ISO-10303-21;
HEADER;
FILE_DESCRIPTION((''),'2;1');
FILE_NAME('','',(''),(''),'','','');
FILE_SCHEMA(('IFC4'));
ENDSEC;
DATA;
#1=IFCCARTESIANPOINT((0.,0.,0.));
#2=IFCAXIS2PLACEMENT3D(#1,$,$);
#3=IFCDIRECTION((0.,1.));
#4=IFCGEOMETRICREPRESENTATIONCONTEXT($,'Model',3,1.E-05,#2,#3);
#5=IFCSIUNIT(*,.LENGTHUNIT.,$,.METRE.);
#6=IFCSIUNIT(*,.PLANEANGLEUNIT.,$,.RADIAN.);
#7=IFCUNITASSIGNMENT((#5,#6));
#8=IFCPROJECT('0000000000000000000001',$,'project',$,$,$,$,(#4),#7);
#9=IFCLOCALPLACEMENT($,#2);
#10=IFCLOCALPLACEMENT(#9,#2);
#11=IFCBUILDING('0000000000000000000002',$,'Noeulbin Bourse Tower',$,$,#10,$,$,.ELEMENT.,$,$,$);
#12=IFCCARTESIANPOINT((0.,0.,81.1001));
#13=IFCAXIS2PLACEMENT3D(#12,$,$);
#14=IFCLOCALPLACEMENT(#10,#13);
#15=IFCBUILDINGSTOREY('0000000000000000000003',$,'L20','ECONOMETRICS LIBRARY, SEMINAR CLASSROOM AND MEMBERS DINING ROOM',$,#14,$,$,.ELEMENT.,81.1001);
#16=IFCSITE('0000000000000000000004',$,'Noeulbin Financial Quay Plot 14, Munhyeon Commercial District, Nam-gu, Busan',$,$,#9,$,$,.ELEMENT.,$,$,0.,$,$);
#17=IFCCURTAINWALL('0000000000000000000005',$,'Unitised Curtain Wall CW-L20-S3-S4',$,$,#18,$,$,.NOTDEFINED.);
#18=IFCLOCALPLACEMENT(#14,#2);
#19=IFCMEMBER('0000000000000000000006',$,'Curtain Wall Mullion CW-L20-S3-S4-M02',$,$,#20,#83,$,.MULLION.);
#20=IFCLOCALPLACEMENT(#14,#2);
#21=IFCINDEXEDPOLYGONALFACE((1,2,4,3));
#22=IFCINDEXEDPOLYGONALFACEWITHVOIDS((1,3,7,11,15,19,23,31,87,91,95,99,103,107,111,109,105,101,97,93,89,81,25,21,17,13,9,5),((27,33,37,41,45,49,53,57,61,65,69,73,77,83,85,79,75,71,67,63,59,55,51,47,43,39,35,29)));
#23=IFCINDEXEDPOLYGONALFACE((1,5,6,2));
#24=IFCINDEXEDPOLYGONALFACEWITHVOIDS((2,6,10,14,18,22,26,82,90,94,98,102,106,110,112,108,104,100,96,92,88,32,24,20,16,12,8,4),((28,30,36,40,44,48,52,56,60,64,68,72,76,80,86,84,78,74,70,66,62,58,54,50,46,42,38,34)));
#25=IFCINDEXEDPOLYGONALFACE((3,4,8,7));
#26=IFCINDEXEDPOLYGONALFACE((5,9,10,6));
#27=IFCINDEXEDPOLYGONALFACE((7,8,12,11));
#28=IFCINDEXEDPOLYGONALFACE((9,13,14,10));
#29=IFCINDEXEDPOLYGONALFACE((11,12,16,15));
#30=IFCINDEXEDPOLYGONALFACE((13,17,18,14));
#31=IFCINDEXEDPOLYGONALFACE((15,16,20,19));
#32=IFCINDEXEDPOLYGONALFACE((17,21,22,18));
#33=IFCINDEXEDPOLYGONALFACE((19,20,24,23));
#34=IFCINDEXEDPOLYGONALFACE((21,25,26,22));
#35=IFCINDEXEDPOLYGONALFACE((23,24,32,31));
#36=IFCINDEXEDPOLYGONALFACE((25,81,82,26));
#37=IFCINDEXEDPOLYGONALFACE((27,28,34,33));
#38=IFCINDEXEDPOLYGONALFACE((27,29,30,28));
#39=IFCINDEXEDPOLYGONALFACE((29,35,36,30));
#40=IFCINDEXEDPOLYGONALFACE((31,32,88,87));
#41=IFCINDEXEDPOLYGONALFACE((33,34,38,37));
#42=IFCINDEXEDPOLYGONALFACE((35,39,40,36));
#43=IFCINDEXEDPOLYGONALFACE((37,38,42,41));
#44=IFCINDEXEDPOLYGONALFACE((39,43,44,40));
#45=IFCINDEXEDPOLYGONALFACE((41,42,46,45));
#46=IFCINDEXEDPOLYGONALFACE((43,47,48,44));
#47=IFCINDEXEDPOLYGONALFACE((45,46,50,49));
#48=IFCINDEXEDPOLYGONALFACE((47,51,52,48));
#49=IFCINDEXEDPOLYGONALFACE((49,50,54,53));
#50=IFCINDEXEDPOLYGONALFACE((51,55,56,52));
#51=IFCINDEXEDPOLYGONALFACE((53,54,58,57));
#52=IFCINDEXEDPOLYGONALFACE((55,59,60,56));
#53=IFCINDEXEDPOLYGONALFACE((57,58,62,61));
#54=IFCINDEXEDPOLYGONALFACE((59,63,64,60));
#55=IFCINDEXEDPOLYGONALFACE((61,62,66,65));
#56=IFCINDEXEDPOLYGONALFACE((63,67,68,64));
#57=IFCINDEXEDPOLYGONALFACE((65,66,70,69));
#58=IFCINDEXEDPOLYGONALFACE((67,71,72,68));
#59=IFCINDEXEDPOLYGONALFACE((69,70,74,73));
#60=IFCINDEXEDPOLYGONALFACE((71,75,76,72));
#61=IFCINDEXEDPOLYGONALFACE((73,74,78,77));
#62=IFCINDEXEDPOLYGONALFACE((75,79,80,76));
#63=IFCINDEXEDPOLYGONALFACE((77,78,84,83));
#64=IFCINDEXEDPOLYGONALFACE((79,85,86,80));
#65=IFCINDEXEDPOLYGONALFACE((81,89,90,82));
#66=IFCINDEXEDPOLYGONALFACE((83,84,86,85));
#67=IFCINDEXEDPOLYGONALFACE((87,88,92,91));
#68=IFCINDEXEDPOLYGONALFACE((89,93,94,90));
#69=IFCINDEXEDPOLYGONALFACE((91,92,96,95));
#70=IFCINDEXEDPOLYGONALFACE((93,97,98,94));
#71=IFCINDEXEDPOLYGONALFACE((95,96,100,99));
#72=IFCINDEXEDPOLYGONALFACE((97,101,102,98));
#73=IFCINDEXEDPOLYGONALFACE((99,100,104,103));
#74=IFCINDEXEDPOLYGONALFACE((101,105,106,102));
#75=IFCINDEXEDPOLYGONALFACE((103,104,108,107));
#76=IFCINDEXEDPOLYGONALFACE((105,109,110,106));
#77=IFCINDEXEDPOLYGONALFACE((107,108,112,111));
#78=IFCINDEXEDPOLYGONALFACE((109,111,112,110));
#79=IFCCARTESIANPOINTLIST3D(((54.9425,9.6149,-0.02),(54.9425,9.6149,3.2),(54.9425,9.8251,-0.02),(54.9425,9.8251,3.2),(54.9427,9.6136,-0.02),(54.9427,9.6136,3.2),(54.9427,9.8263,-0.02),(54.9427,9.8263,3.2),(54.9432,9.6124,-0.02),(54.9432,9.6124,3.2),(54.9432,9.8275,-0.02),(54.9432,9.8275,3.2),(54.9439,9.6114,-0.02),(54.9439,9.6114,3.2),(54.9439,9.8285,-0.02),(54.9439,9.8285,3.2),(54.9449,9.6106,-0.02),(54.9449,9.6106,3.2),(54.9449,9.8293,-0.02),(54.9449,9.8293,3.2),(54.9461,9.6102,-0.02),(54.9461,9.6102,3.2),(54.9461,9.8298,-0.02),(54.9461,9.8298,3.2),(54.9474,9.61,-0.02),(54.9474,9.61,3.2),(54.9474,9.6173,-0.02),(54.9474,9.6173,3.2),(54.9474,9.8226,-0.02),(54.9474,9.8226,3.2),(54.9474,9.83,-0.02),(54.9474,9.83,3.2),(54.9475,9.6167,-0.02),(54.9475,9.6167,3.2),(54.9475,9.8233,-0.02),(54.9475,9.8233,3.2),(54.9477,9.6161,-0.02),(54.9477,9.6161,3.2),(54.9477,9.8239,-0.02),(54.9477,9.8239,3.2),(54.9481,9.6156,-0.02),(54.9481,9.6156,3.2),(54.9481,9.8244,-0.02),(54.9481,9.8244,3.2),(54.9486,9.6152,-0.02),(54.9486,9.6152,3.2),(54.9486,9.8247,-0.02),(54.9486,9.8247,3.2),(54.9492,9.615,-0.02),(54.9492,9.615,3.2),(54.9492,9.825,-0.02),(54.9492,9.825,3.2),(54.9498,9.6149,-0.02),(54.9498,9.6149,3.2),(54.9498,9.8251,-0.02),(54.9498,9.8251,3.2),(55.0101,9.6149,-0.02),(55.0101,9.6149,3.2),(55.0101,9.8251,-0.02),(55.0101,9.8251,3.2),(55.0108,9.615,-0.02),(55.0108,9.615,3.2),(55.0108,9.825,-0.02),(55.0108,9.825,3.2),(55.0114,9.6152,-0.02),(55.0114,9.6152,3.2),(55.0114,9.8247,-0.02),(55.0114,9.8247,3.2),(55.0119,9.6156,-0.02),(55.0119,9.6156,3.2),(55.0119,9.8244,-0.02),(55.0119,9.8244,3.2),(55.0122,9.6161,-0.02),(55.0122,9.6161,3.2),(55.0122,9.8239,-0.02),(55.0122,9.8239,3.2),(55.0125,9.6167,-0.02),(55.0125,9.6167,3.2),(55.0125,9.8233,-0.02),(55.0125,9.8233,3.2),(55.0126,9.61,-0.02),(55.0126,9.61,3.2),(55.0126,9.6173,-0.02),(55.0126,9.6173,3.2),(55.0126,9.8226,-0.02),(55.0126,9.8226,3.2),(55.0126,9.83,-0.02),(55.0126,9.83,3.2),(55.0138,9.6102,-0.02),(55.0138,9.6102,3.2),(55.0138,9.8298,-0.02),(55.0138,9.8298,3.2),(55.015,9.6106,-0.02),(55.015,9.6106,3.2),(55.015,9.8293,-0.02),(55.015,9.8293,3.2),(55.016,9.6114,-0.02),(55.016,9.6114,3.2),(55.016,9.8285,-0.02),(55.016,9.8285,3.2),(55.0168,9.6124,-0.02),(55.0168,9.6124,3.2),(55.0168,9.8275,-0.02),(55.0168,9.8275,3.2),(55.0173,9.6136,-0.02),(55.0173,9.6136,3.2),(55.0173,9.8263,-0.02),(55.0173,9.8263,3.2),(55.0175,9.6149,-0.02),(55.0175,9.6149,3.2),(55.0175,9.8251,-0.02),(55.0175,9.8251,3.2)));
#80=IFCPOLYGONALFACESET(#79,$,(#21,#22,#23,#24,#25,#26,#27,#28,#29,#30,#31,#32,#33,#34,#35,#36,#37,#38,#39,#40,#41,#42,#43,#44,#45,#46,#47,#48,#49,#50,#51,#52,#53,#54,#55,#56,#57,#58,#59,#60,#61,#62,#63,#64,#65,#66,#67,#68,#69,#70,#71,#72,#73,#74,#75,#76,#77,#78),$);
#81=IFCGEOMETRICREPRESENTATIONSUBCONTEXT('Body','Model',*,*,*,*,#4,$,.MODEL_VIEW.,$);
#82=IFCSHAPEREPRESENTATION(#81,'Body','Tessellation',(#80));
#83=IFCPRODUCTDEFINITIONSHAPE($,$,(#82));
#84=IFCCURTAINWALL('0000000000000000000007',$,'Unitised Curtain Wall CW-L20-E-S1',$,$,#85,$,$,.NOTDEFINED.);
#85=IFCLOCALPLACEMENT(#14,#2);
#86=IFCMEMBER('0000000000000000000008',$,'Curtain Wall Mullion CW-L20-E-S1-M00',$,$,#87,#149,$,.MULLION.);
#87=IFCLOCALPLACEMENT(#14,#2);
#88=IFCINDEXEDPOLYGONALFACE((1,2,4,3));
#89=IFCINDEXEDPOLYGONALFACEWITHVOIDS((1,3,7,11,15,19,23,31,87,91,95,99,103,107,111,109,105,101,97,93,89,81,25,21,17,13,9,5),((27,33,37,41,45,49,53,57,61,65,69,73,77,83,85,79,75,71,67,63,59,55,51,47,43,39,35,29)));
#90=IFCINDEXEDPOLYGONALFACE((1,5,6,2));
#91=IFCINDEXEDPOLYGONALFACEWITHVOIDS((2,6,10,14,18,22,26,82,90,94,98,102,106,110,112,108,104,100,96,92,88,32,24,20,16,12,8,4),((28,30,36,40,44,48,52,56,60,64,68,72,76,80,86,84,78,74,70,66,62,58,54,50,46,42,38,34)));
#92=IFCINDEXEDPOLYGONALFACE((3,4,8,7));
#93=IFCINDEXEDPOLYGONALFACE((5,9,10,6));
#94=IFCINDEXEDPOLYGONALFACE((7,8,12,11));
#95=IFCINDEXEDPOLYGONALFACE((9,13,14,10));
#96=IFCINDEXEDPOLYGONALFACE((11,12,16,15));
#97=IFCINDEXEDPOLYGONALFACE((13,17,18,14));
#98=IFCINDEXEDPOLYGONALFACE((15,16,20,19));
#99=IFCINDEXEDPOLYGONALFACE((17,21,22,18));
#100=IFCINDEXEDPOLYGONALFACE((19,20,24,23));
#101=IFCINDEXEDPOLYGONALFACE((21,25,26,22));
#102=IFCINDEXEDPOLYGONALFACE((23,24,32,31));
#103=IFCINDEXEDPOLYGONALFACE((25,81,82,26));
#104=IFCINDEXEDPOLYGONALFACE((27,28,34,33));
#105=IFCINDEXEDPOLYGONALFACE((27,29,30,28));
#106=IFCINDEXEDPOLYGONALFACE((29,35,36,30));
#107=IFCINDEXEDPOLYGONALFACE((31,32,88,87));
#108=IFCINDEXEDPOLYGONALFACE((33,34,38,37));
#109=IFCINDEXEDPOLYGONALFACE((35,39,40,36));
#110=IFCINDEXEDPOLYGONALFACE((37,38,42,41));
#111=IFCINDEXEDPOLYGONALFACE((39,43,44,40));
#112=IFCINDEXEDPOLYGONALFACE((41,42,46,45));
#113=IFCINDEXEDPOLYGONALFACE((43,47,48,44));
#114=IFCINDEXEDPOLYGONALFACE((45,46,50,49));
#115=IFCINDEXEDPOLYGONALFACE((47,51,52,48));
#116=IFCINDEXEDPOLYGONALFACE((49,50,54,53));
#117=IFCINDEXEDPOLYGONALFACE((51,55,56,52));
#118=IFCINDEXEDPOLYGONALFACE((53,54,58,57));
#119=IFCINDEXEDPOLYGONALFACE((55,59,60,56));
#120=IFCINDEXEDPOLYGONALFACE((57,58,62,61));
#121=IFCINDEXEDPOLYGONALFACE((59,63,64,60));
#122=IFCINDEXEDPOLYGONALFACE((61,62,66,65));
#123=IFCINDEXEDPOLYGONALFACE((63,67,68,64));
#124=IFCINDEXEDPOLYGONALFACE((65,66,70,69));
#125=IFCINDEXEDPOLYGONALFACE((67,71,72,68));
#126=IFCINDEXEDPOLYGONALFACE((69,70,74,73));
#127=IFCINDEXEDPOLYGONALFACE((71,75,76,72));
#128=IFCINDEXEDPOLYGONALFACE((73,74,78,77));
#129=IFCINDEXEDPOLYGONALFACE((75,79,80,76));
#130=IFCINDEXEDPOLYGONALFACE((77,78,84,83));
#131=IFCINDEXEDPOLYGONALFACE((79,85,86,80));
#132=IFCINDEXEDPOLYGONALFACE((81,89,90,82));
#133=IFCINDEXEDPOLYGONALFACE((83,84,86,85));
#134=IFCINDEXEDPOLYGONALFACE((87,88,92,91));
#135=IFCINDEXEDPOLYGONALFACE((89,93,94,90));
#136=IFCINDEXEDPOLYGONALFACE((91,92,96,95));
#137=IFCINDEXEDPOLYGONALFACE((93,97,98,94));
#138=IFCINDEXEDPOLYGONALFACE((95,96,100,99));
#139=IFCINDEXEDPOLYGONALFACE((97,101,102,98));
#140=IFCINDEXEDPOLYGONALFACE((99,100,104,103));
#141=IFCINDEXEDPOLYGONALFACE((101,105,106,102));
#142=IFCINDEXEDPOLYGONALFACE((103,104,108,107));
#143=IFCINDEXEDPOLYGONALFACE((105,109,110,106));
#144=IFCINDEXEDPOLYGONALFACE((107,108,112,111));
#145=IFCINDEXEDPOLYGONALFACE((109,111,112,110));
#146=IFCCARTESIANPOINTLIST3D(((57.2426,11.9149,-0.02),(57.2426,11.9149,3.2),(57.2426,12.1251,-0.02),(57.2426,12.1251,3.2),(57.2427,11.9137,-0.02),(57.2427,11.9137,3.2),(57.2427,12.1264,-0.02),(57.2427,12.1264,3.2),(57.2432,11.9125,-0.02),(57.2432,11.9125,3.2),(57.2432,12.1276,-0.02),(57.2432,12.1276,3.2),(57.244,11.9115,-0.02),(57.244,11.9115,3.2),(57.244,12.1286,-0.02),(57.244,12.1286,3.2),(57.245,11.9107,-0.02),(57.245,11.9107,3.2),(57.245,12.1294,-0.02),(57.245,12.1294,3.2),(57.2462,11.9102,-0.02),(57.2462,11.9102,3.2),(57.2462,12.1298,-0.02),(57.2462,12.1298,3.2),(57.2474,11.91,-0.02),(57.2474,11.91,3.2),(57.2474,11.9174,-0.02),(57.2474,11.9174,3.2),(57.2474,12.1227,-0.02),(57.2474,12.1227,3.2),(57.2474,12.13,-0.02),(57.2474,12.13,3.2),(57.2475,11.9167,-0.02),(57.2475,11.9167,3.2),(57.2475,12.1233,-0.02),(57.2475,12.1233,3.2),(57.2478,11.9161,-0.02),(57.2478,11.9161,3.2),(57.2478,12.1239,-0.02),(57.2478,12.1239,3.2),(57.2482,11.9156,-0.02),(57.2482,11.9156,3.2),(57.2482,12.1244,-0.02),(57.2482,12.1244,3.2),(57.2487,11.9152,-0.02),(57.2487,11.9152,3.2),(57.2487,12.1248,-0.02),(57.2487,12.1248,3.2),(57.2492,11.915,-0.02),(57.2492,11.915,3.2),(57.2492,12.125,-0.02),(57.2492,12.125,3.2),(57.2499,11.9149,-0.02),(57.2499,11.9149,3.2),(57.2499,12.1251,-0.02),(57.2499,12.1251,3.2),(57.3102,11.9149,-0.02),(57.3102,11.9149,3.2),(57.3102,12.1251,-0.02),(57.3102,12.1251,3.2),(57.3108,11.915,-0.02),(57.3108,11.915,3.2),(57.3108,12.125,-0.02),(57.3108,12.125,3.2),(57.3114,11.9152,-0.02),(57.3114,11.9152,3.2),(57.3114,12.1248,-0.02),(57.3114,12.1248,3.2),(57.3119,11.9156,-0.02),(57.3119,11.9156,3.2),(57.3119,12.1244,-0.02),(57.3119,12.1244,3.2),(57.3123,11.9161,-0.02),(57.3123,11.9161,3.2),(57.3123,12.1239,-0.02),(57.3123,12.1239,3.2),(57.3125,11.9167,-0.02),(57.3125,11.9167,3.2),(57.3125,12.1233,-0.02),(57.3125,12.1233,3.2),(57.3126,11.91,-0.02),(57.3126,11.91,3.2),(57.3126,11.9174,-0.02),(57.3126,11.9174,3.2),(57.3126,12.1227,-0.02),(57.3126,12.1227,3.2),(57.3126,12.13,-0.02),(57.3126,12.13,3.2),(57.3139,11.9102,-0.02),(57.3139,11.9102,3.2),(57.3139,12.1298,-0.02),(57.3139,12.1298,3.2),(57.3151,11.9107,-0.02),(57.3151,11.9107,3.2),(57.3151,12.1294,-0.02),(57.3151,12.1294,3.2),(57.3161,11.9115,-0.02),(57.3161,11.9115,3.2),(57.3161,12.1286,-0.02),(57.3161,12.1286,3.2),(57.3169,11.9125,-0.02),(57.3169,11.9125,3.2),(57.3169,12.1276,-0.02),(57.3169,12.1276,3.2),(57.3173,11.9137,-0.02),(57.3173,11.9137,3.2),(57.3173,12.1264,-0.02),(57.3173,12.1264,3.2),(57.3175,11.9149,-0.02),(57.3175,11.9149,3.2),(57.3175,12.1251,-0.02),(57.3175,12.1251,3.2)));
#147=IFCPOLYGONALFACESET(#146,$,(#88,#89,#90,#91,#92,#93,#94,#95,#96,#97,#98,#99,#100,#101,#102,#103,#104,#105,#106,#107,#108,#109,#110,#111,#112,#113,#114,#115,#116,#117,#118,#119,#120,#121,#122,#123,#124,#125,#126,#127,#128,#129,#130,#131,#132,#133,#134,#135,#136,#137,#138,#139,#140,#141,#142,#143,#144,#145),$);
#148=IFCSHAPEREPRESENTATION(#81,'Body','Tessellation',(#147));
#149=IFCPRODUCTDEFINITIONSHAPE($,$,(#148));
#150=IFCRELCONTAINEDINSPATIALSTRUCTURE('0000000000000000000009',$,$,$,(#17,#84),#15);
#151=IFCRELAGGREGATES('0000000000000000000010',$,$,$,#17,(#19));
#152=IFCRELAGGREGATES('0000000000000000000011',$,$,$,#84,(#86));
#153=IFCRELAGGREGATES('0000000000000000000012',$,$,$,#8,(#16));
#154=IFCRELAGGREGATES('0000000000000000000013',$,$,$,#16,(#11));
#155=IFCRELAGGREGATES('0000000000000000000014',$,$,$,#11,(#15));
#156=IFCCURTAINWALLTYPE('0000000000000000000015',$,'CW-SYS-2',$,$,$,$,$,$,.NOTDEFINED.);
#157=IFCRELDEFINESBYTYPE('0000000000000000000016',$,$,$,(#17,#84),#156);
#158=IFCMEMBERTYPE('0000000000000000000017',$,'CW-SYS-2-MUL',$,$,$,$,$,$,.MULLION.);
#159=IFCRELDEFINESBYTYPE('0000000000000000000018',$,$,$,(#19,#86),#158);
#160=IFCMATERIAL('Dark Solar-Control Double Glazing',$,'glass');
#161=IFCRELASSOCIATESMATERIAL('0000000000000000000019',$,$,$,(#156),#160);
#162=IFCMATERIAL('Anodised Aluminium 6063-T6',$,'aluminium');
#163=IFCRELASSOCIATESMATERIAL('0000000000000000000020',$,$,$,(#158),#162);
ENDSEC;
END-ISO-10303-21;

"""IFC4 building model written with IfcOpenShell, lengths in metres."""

from ifc_helpers import new_model, si_unit, direction, frame, origin, origin_2d, place, context, subcontext, project, spatial, hollow_rectangle, extrude, material, material_profile, profile_set, type_object, element, aggregate, save


model = new_model("IFC4")

# Units and contexts
model_context = context("Model", 3, precision=1e-05, world=origin(), true_north=direction((0.0, 1.0)))
body_context = subcontext(model_context, "Body", "Model", "MODEL_VIEW")
ifc_project = project(units=[si_unit("LENGTHUNIT", "METRE"), si_unit("PLANEANGLEUNIT", "RADIAN")], contexts=[model_context])

# Site, building, storey
site_placement = place(None, origin())
site = spatial("IfcSite", under=ifc_project, at=site_placement, Name="Noeulbin Financial Quay Plot 14, Munhyeon Commercial District, Nam-gu, Busan", CompositionType="ELEMENT", RefElevation=0.0)
building_placement = place(site_placement, origin())
building = spatial("IfcBuilding", under=site, at=building_placement, Name="Noeulbin Bourse Tower", CompositionType="ELEMENT")
storey_placement = place(building_placement, frame((0.0, 0.0, 81.1001)))
storey = spatial("IfcBuildingStorey", under=building, at=storey_placement, Name="L20", Description="ECONOMETRICS LIBRARY, SEMINAR CLASSROOM AND MEMBERS DINING ROOM", CompositionType="ELEMENT", Elevation=81.1001)

# Shared definitions
ifc_material_1 = material(Name="Dark Solar-Control Double Glazing", Category="glass")
curtain_wall_type = type_object("IfcCurtainWallType", Name="CW-SYS-2", PredefinedType="NOTDEFINED", material=ifc_material_1)
ifc_material_2 = material(Name="Anodised Aluminium 6063-T6", Category="aluminium")
ifc_material_profile_1 = material_profile(ifc_material_2, hollow_rectangle(XDim=0.075, YDim=0.22, WallThickness=0.0049, InnerFilletRadius=0.0024, OuterFilletRadius=0.0049, at=origin_2d()), Name="ALU-MULL-75x220x5", Category="LoadBearing")
ifc_profile_set_1 = profile_set([ifc_material_profile_1], Name="Anodised Aluminium 6063-T6")
member_type_1 = type_object("IfcMemberType", Name="CW-SYS-2-MUL", PredefinedType="MULLION", material=ifc_profile_set_1)

# Curtain walls, members
curtain_wall_1_placement = place(storey_placement, origin())
curtain_wall_1 = element("IfcCurtainWall", 1, at=curtain_wall_1_placement, inside=storey, type_object=curtain_wall_type, Name="Unitised Curtain Wall CW-L20-S3-S4", PredefinedType="NOTDEFINED")
member_1_placement = place(storey_placement, frame((54.98, 9.72, -0.02), z_axis=(0.0, 0.0, 1.0), x_axis=(1.0, 0.0, 0.0)))
member_1 = element("IfcMember", 2, at=member_1_placement, type_object=member_type_1, Name="Curtain Wall Mullion CW-L20-S3-S4-M02", PredefinedType="MULLION", context=body_context, shape_type="SweptSolid", body=[
    extrude(hollow_rectangle(XDim=0.075, YDim=0.22, WallThickness=0.0049, InnerFilletRadius=0.0024, OuterFilletRadius=0.0049, at=origin_2d()), origin(), (0.0, 0.0, 1.0), 3.22),
])
curtain_wall_2_placement = place(storey_placement, origin())
curtain_wall_2 = element("IfcCurtainWall", 3, at=curtain_wall_2_placement, inside=storey, type_object=curtain_wall_type, Name="Unitised Curtain Wall CW-L20-E-S1", PredefinedType="NOTDEFINED")
member_2_placement = place(storey_placement, frame((57.28, 12.02, -0.02), z_axis=(0.0, 0.0, 1.0), x_axis=(1.0, 0.0, 0.0)))
member_2 = element("IfcMember", 4, at=member_2_placement, type_object=member_type_1, Name="Curtain Wall Mullion CW-L20-E-S1-M00", PredefinedType="MULLION", context=body_context, shape_type="SweptSolid", body=[
    extrude(hollow_rectangle(XDim=0.075, YDim=0.22, WallThickness=0.0049, InnerFilletRadius=0.0024, OuterFilletRadius=0.0049, at=origin_2d()), origin(), (0.0, 0.0, 1.0), 3.22),
])

aggregate(curtain_wall_1, [member_1])
aggregate(curtain_wall_2, [member_2])

save(model, "model.ifc")
